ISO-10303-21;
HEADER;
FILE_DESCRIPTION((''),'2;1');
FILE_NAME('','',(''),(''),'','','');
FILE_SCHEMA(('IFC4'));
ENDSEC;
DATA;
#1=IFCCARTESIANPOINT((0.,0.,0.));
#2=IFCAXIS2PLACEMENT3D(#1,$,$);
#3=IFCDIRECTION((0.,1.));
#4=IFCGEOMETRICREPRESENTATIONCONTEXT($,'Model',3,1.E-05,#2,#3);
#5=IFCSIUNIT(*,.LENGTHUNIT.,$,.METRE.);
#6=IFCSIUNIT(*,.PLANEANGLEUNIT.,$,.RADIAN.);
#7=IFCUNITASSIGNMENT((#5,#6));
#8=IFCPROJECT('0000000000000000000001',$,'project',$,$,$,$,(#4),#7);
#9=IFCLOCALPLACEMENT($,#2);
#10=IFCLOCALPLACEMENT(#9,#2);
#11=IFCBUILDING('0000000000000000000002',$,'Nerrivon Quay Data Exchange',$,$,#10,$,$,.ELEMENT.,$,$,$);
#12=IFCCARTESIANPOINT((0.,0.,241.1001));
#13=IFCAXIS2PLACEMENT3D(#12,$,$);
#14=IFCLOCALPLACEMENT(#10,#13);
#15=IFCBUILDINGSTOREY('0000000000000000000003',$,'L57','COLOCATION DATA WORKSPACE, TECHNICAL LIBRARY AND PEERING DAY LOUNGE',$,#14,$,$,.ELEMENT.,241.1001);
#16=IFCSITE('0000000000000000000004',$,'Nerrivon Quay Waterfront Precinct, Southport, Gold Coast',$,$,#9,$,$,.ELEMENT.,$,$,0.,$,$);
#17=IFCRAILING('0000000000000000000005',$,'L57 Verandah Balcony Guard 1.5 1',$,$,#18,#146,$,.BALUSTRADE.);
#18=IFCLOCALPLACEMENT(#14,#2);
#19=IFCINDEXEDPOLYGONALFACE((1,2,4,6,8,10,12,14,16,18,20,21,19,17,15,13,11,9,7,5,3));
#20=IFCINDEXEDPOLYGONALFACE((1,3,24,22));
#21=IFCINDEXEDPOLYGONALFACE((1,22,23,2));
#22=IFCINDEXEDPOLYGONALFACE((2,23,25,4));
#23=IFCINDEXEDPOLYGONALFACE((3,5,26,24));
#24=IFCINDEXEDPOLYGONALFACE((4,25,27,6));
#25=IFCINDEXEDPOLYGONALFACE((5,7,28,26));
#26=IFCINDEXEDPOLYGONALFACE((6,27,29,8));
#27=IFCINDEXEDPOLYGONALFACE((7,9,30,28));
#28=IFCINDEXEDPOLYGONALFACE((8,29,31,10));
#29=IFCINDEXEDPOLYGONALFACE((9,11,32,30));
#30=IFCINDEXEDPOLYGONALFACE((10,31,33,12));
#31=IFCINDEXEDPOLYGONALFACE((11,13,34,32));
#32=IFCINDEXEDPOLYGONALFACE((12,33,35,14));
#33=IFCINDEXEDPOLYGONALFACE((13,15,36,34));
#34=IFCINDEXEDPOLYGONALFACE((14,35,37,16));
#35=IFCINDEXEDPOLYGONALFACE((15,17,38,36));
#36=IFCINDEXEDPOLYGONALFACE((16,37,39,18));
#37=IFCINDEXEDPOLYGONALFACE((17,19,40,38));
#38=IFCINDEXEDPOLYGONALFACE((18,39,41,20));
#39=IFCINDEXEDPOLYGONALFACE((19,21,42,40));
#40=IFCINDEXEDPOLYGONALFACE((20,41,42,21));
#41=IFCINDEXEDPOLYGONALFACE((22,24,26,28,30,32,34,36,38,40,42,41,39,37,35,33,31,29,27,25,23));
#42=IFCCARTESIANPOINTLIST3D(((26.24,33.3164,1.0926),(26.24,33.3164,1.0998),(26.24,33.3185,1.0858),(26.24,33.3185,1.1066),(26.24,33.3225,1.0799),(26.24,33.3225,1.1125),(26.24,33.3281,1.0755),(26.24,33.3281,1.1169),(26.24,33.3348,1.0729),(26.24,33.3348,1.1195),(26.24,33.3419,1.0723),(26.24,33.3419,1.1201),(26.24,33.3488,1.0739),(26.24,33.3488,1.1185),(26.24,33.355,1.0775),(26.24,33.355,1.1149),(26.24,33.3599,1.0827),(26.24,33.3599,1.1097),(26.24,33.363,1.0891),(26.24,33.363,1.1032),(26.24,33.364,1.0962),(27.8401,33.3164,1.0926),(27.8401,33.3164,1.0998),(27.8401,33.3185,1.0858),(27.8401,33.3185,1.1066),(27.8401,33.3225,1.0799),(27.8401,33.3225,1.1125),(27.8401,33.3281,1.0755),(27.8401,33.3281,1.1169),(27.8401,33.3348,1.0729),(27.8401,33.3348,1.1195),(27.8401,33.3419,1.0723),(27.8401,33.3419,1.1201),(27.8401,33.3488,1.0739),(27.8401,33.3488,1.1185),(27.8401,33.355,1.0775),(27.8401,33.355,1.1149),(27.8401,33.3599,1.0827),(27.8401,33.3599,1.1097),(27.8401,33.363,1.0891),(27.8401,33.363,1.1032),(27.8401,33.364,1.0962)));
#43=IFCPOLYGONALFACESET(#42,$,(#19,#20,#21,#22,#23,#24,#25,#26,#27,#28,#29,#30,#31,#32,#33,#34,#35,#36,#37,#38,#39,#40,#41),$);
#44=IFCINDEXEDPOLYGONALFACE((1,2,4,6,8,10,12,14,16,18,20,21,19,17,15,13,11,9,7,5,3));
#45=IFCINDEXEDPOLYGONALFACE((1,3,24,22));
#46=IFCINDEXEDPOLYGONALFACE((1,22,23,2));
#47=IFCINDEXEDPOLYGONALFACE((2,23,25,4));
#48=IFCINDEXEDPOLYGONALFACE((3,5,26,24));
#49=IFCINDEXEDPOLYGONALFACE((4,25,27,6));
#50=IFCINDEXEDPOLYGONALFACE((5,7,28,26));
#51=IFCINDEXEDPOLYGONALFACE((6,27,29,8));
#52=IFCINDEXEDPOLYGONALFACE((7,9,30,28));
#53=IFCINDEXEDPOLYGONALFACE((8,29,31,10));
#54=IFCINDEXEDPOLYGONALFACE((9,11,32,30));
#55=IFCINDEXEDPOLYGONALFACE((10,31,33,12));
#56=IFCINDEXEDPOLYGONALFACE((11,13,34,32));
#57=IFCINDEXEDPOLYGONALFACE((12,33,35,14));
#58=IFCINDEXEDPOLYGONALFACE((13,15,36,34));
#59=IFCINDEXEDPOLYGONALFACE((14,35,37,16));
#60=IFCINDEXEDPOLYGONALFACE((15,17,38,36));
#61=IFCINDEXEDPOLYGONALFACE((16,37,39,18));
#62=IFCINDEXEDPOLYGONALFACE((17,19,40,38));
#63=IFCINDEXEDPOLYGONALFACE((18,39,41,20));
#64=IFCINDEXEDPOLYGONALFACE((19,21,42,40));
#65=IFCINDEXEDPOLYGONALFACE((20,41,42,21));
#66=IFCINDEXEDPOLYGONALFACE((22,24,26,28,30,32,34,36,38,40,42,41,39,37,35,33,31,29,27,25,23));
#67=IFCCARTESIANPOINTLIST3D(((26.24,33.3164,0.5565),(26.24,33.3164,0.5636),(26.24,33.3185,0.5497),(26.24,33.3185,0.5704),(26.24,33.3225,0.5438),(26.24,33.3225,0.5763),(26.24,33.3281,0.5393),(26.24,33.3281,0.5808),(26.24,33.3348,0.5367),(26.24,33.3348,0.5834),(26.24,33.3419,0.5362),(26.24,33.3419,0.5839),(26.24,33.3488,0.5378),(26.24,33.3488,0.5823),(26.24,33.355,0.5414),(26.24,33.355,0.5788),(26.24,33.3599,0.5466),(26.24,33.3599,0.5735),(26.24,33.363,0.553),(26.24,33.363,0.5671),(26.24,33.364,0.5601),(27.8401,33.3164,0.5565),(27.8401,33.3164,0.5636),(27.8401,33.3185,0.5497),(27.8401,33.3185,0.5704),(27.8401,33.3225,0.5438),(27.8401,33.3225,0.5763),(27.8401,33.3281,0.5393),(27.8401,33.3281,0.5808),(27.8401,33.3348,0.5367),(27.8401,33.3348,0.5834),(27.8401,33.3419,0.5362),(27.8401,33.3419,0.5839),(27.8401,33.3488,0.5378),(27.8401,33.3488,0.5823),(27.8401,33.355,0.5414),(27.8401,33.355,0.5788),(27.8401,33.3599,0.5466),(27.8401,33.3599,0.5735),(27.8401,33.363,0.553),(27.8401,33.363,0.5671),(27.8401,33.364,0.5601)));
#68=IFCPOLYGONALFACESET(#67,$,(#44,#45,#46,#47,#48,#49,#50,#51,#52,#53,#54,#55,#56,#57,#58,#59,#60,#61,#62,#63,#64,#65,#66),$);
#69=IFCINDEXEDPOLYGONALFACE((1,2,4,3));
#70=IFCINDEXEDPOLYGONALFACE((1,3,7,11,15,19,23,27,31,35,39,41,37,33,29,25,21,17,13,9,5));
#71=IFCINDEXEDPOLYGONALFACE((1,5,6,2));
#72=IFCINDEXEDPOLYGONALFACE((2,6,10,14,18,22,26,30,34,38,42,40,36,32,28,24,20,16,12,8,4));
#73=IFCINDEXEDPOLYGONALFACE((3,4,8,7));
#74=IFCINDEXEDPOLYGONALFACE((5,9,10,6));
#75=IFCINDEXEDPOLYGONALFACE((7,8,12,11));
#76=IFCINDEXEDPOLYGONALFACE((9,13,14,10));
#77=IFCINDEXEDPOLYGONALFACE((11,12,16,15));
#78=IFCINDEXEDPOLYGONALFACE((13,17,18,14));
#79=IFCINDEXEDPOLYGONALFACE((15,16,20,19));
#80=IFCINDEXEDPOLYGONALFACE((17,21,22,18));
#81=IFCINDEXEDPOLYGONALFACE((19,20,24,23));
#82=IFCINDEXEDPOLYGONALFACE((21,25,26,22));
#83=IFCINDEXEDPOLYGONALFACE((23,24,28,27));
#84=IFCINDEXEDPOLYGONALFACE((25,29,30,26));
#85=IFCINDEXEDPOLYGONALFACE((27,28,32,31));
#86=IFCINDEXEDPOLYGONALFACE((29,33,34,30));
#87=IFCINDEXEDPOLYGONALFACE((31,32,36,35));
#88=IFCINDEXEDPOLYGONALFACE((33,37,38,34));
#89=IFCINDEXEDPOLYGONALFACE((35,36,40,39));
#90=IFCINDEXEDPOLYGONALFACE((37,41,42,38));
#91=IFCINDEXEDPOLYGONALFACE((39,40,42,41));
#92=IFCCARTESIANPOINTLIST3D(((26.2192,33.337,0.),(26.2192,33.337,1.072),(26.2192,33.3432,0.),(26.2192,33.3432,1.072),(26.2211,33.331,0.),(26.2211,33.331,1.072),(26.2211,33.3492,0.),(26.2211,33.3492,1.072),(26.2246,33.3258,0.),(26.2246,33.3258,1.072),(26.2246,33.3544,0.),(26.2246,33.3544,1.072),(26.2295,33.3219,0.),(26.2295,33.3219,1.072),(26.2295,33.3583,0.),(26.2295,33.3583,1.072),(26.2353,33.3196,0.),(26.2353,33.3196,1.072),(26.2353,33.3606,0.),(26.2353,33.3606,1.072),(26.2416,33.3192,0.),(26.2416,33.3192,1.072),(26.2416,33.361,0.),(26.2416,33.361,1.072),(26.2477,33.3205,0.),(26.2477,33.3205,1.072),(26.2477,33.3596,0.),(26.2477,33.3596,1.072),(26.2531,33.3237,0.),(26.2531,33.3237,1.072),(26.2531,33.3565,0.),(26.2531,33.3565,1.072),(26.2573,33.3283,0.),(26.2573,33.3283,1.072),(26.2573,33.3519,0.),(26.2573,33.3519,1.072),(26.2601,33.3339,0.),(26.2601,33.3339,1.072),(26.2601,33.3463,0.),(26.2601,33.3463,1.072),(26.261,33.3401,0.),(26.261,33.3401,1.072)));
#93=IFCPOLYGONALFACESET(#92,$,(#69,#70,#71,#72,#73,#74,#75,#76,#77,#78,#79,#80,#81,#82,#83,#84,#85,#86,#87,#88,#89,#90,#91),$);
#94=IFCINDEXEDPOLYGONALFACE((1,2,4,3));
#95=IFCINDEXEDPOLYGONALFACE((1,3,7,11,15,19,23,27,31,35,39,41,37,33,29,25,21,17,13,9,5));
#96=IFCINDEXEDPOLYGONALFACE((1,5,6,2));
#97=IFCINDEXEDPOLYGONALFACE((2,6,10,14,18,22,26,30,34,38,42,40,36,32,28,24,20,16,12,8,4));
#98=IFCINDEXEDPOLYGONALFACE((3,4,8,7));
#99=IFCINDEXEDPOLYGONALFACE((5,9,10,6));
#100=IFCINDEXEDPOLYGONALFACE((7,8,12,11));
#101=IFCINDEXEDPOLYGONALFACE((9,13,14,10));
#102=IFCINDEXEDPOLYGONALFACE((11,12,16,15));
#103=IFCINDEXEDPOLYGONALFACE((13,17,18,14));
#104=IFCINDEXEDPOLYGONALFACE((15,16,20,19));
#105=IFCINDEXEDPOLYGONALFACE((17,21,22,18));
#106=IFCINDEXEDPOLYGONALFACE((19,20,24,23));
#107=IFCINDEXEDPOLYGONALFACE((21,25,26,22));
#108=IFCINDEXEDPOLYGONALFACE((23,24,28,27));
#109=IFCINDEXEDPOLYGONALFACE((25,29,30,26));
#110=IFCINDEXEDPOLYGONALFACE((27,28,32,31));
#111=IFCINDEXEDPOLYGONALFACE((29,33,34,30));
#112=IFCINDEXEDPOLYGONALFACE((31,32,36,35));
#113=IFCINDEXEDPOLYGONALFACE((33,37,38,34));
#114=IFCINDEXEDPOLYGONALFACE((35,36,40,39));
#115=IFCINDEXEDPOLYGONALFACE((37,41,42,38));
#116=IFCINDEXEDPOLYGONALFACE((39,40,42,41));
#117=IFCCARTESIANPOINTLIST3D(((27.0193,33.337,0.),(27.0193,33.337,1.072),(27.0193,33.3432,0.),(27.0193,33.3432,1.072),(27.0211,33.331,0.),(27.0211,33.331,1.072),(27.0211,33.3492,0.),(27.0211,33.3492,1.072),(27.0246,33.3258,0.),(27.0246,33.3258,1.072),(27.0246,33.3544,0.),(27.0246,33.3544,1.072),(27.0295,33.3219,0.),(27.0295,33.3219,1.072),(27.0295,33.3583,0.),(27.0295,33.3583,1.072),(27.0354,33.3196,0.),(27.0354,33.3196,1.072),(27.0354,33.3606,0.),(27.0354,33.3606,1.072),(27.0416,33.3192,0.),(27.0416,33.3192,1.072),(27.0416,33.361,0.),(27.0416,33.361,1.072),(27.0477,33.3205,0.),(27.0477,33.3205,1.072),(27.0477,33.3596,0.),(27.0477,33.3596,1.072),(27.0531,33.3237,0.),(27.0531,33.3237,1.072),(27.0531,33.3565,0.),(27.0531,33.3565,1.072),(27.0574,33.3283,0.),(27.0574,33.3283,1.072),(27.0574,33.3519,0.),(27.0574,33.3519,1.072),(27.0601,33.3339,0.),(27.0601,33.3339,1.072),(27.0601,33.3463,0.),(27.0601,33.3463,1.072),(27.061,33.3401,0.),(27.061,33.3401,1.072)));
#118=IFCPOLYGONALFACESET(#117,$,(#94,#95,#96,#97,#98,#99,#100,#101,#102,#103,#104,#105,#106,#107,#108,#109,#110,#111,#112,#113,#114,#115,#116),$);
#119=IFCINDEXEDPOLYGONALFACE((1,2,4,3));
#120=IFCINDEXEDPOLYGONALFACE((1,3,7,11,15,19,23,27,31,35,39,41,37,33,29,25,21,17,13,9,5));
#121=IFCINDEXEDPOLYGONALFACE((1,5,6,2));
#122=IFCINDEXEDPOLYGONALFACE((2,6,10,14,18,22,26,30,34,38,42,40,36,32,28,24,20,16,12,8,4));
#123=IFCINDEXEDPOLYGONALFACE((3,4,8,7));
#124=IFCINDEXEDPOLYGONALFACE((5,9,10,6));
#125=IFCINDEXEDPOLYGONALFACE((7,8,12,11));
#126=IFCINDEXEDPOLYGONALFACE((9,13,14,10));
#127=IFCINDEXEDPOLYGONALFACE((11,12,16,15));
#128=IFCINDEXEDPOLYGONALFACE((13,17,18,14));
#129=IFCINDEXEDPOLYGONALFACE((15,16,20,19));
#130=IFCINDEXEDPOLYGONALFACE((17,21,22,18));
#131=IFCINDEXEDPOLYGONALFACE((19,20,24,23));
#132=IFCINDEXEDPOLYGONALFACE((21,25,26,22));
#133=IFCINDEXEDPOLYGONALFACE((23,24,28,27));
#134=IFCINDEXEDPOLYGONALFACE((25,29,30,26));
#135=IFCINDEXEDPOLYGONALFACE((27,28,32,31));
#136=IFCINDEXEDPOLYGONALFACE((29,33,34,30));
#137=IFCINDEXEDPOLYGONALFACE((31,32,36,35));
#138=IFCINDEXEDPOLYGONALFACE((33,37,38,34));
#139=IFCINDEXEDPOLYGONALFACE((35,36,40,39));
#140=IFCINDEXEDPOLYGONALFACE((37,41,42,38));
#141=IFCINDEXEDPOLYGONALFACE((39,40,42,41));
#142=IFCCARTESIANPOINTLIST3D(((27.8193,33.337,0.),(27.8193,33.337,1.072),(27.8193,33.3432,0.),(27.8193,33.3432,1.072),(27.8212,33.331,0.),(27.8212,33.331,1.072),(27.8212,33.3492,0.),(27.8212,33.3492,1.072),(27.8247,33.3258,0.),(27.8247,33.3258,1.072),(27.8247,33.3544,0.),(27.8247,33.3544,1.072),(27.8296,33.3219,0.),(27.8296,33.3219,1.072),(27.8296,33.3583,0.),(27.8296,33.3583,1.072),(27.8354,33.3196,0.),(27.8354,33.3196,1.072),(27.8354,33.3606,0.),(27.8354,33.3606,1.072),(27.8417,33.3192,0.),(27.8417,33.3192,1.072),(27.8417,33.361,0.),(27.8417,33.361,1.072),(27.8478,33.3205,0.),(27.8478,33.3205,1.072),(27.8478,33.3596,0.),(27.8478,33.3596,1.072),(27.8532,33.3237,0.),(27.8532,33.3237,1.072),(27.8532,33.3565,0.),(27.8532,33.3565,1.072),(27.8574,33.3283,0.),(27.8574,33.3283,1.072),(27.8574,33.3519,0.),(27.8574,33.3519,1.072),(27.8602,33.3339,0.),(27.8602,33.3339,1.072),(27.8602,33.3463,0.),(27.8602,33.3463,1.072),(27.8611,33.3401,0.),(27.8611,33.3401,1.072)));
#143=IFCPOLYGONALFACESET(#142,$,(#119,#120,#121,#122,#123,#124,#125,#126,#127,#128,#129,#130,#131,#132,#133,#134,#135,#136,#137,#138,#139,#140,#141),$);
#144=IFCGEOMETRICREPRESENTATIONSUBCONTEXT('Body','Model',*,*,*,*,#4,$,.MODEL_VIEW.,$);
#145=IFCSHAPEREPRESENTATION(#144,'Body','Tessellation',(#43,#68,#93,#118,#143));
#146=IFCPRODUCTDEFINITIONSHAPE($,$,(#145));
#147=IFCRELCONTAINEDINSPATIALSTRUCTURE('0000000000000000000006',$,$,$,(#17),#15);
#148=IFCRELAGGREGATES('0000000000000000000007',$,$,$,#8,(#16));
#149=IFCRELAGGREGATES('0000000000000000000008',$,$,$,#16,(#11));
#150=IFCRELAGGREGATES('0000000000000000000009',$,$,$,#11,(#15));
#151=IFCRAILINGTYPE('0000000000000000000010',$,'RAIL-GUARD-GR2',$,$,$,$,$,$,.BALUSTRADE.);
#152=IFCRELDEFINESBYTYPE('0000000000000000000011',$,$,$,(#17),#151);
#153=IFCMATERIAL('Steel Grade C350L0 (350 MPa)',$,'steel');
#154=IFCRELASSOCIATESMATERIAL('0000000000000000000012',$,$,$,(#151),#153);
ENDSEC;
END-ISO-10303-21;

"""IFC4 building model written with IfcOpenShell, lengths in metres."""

from ifc_helpers import new_model, si_unit, direction, frame, origin, origin_2d, place, context, subcontext, project, spatial, circle, extrude, material, type_object, element, save


model = new_model("IFC4")

# Units and contexts
model_context = context("Model", 3, precision=1e-05, world=origin(), true_north=direction((0.0, 1.0)))
body_context = subcontext(model_context, "Body", "Model", "MODEL_VIEW")
ifc_project = project(units=[si_unit("LENGTHUNIT", "METRE"), si_unit("PLANEANGLEUNIT", "RADIAN")], contexts=[model_context])

# Site, building, storey
site_placement = place(None, origin())
site = spatial("IfcSite", under=ifc_project, at=site_placement, Name="Nerrivon Quay Waterfront Precinct, Southport, Gold Coast", CompositionType="ELEMENT", RefElevation=0.0)
building_placement = place(site_placement, origin())
building = spatial("IfcBuilding", under=site, at=building_placement, Name="Nerrivon Quay Data Exchange", CompositionType="ELEMENT")
storey_placement = place(building_placement, frame((0.0, 0.0, 241.1001)))
storey = spatial("IfcBuildingStorey", under=building, at=storey_placement, Name="L57", Description="COLOCATION DATA WORKSPACE, TECHNICAL LIBRARY AND PEERING DAY LOUNGE", CompositionType="ELEMENT", Elevation=241.1001)

# Shared definitions
ifc_material_1 = material(Name="Steel Grade C350L0 (350 MPa)", Category="steel")

# Railing
railing_type = type_object("IfcRailingType", Name="RAIL-GUARD-GR2", PredefinedType="BALUSTRADE", material=ifc_material_1)
railing_1_placement = place(storey_placement, frame((26.24, 33.3401, 0.0)))
element("IfcRailing", 1, at=railing_1_placement, inside=storey, type_object=railing_type, Name="L57 Verandah Balcony Guard 1.5 1", PredefinedType="BALUSTRADE", context=body_context, shape_type="SweptSolid", body=[
    extrude(circle(Radius=0.0239, at=origin_2d()), frame((0.0, 0.0, 1.0962), z_axis=(1.0, 0.0, 0.0), x_axis=(0.0, 1.0, 0.0)), (0.0, 0.0, 1.0), 1.6001),
    extrude(circle(Radius=0.0239, at=origin_2d()), frame((0.0, 0.0, 0.5601), z_axis=(1.0, 0.0, 0.0), x_axis=(0.0, 1.0, 0.0)), (0.0, 0.0, 1.0), 1.6001),
    extrude(circle(Radius=0.021, at=origin_2d()), origin(), (0.0, 0.0, 1.0), 1.072),
    extrude(circle(Radius=0.021, at=origin_2d()), frame((0.8, 0.0, 0.0)), (0.0, 0.0, 1.0), 1.072),
    extrude(circle(Radius=0.021, at=origin_2d()), frame((1.6001, 0.0, 0.0)), (0.0, 0.0, 1.0), 1.072),
])

save(model, "model.ifc")
